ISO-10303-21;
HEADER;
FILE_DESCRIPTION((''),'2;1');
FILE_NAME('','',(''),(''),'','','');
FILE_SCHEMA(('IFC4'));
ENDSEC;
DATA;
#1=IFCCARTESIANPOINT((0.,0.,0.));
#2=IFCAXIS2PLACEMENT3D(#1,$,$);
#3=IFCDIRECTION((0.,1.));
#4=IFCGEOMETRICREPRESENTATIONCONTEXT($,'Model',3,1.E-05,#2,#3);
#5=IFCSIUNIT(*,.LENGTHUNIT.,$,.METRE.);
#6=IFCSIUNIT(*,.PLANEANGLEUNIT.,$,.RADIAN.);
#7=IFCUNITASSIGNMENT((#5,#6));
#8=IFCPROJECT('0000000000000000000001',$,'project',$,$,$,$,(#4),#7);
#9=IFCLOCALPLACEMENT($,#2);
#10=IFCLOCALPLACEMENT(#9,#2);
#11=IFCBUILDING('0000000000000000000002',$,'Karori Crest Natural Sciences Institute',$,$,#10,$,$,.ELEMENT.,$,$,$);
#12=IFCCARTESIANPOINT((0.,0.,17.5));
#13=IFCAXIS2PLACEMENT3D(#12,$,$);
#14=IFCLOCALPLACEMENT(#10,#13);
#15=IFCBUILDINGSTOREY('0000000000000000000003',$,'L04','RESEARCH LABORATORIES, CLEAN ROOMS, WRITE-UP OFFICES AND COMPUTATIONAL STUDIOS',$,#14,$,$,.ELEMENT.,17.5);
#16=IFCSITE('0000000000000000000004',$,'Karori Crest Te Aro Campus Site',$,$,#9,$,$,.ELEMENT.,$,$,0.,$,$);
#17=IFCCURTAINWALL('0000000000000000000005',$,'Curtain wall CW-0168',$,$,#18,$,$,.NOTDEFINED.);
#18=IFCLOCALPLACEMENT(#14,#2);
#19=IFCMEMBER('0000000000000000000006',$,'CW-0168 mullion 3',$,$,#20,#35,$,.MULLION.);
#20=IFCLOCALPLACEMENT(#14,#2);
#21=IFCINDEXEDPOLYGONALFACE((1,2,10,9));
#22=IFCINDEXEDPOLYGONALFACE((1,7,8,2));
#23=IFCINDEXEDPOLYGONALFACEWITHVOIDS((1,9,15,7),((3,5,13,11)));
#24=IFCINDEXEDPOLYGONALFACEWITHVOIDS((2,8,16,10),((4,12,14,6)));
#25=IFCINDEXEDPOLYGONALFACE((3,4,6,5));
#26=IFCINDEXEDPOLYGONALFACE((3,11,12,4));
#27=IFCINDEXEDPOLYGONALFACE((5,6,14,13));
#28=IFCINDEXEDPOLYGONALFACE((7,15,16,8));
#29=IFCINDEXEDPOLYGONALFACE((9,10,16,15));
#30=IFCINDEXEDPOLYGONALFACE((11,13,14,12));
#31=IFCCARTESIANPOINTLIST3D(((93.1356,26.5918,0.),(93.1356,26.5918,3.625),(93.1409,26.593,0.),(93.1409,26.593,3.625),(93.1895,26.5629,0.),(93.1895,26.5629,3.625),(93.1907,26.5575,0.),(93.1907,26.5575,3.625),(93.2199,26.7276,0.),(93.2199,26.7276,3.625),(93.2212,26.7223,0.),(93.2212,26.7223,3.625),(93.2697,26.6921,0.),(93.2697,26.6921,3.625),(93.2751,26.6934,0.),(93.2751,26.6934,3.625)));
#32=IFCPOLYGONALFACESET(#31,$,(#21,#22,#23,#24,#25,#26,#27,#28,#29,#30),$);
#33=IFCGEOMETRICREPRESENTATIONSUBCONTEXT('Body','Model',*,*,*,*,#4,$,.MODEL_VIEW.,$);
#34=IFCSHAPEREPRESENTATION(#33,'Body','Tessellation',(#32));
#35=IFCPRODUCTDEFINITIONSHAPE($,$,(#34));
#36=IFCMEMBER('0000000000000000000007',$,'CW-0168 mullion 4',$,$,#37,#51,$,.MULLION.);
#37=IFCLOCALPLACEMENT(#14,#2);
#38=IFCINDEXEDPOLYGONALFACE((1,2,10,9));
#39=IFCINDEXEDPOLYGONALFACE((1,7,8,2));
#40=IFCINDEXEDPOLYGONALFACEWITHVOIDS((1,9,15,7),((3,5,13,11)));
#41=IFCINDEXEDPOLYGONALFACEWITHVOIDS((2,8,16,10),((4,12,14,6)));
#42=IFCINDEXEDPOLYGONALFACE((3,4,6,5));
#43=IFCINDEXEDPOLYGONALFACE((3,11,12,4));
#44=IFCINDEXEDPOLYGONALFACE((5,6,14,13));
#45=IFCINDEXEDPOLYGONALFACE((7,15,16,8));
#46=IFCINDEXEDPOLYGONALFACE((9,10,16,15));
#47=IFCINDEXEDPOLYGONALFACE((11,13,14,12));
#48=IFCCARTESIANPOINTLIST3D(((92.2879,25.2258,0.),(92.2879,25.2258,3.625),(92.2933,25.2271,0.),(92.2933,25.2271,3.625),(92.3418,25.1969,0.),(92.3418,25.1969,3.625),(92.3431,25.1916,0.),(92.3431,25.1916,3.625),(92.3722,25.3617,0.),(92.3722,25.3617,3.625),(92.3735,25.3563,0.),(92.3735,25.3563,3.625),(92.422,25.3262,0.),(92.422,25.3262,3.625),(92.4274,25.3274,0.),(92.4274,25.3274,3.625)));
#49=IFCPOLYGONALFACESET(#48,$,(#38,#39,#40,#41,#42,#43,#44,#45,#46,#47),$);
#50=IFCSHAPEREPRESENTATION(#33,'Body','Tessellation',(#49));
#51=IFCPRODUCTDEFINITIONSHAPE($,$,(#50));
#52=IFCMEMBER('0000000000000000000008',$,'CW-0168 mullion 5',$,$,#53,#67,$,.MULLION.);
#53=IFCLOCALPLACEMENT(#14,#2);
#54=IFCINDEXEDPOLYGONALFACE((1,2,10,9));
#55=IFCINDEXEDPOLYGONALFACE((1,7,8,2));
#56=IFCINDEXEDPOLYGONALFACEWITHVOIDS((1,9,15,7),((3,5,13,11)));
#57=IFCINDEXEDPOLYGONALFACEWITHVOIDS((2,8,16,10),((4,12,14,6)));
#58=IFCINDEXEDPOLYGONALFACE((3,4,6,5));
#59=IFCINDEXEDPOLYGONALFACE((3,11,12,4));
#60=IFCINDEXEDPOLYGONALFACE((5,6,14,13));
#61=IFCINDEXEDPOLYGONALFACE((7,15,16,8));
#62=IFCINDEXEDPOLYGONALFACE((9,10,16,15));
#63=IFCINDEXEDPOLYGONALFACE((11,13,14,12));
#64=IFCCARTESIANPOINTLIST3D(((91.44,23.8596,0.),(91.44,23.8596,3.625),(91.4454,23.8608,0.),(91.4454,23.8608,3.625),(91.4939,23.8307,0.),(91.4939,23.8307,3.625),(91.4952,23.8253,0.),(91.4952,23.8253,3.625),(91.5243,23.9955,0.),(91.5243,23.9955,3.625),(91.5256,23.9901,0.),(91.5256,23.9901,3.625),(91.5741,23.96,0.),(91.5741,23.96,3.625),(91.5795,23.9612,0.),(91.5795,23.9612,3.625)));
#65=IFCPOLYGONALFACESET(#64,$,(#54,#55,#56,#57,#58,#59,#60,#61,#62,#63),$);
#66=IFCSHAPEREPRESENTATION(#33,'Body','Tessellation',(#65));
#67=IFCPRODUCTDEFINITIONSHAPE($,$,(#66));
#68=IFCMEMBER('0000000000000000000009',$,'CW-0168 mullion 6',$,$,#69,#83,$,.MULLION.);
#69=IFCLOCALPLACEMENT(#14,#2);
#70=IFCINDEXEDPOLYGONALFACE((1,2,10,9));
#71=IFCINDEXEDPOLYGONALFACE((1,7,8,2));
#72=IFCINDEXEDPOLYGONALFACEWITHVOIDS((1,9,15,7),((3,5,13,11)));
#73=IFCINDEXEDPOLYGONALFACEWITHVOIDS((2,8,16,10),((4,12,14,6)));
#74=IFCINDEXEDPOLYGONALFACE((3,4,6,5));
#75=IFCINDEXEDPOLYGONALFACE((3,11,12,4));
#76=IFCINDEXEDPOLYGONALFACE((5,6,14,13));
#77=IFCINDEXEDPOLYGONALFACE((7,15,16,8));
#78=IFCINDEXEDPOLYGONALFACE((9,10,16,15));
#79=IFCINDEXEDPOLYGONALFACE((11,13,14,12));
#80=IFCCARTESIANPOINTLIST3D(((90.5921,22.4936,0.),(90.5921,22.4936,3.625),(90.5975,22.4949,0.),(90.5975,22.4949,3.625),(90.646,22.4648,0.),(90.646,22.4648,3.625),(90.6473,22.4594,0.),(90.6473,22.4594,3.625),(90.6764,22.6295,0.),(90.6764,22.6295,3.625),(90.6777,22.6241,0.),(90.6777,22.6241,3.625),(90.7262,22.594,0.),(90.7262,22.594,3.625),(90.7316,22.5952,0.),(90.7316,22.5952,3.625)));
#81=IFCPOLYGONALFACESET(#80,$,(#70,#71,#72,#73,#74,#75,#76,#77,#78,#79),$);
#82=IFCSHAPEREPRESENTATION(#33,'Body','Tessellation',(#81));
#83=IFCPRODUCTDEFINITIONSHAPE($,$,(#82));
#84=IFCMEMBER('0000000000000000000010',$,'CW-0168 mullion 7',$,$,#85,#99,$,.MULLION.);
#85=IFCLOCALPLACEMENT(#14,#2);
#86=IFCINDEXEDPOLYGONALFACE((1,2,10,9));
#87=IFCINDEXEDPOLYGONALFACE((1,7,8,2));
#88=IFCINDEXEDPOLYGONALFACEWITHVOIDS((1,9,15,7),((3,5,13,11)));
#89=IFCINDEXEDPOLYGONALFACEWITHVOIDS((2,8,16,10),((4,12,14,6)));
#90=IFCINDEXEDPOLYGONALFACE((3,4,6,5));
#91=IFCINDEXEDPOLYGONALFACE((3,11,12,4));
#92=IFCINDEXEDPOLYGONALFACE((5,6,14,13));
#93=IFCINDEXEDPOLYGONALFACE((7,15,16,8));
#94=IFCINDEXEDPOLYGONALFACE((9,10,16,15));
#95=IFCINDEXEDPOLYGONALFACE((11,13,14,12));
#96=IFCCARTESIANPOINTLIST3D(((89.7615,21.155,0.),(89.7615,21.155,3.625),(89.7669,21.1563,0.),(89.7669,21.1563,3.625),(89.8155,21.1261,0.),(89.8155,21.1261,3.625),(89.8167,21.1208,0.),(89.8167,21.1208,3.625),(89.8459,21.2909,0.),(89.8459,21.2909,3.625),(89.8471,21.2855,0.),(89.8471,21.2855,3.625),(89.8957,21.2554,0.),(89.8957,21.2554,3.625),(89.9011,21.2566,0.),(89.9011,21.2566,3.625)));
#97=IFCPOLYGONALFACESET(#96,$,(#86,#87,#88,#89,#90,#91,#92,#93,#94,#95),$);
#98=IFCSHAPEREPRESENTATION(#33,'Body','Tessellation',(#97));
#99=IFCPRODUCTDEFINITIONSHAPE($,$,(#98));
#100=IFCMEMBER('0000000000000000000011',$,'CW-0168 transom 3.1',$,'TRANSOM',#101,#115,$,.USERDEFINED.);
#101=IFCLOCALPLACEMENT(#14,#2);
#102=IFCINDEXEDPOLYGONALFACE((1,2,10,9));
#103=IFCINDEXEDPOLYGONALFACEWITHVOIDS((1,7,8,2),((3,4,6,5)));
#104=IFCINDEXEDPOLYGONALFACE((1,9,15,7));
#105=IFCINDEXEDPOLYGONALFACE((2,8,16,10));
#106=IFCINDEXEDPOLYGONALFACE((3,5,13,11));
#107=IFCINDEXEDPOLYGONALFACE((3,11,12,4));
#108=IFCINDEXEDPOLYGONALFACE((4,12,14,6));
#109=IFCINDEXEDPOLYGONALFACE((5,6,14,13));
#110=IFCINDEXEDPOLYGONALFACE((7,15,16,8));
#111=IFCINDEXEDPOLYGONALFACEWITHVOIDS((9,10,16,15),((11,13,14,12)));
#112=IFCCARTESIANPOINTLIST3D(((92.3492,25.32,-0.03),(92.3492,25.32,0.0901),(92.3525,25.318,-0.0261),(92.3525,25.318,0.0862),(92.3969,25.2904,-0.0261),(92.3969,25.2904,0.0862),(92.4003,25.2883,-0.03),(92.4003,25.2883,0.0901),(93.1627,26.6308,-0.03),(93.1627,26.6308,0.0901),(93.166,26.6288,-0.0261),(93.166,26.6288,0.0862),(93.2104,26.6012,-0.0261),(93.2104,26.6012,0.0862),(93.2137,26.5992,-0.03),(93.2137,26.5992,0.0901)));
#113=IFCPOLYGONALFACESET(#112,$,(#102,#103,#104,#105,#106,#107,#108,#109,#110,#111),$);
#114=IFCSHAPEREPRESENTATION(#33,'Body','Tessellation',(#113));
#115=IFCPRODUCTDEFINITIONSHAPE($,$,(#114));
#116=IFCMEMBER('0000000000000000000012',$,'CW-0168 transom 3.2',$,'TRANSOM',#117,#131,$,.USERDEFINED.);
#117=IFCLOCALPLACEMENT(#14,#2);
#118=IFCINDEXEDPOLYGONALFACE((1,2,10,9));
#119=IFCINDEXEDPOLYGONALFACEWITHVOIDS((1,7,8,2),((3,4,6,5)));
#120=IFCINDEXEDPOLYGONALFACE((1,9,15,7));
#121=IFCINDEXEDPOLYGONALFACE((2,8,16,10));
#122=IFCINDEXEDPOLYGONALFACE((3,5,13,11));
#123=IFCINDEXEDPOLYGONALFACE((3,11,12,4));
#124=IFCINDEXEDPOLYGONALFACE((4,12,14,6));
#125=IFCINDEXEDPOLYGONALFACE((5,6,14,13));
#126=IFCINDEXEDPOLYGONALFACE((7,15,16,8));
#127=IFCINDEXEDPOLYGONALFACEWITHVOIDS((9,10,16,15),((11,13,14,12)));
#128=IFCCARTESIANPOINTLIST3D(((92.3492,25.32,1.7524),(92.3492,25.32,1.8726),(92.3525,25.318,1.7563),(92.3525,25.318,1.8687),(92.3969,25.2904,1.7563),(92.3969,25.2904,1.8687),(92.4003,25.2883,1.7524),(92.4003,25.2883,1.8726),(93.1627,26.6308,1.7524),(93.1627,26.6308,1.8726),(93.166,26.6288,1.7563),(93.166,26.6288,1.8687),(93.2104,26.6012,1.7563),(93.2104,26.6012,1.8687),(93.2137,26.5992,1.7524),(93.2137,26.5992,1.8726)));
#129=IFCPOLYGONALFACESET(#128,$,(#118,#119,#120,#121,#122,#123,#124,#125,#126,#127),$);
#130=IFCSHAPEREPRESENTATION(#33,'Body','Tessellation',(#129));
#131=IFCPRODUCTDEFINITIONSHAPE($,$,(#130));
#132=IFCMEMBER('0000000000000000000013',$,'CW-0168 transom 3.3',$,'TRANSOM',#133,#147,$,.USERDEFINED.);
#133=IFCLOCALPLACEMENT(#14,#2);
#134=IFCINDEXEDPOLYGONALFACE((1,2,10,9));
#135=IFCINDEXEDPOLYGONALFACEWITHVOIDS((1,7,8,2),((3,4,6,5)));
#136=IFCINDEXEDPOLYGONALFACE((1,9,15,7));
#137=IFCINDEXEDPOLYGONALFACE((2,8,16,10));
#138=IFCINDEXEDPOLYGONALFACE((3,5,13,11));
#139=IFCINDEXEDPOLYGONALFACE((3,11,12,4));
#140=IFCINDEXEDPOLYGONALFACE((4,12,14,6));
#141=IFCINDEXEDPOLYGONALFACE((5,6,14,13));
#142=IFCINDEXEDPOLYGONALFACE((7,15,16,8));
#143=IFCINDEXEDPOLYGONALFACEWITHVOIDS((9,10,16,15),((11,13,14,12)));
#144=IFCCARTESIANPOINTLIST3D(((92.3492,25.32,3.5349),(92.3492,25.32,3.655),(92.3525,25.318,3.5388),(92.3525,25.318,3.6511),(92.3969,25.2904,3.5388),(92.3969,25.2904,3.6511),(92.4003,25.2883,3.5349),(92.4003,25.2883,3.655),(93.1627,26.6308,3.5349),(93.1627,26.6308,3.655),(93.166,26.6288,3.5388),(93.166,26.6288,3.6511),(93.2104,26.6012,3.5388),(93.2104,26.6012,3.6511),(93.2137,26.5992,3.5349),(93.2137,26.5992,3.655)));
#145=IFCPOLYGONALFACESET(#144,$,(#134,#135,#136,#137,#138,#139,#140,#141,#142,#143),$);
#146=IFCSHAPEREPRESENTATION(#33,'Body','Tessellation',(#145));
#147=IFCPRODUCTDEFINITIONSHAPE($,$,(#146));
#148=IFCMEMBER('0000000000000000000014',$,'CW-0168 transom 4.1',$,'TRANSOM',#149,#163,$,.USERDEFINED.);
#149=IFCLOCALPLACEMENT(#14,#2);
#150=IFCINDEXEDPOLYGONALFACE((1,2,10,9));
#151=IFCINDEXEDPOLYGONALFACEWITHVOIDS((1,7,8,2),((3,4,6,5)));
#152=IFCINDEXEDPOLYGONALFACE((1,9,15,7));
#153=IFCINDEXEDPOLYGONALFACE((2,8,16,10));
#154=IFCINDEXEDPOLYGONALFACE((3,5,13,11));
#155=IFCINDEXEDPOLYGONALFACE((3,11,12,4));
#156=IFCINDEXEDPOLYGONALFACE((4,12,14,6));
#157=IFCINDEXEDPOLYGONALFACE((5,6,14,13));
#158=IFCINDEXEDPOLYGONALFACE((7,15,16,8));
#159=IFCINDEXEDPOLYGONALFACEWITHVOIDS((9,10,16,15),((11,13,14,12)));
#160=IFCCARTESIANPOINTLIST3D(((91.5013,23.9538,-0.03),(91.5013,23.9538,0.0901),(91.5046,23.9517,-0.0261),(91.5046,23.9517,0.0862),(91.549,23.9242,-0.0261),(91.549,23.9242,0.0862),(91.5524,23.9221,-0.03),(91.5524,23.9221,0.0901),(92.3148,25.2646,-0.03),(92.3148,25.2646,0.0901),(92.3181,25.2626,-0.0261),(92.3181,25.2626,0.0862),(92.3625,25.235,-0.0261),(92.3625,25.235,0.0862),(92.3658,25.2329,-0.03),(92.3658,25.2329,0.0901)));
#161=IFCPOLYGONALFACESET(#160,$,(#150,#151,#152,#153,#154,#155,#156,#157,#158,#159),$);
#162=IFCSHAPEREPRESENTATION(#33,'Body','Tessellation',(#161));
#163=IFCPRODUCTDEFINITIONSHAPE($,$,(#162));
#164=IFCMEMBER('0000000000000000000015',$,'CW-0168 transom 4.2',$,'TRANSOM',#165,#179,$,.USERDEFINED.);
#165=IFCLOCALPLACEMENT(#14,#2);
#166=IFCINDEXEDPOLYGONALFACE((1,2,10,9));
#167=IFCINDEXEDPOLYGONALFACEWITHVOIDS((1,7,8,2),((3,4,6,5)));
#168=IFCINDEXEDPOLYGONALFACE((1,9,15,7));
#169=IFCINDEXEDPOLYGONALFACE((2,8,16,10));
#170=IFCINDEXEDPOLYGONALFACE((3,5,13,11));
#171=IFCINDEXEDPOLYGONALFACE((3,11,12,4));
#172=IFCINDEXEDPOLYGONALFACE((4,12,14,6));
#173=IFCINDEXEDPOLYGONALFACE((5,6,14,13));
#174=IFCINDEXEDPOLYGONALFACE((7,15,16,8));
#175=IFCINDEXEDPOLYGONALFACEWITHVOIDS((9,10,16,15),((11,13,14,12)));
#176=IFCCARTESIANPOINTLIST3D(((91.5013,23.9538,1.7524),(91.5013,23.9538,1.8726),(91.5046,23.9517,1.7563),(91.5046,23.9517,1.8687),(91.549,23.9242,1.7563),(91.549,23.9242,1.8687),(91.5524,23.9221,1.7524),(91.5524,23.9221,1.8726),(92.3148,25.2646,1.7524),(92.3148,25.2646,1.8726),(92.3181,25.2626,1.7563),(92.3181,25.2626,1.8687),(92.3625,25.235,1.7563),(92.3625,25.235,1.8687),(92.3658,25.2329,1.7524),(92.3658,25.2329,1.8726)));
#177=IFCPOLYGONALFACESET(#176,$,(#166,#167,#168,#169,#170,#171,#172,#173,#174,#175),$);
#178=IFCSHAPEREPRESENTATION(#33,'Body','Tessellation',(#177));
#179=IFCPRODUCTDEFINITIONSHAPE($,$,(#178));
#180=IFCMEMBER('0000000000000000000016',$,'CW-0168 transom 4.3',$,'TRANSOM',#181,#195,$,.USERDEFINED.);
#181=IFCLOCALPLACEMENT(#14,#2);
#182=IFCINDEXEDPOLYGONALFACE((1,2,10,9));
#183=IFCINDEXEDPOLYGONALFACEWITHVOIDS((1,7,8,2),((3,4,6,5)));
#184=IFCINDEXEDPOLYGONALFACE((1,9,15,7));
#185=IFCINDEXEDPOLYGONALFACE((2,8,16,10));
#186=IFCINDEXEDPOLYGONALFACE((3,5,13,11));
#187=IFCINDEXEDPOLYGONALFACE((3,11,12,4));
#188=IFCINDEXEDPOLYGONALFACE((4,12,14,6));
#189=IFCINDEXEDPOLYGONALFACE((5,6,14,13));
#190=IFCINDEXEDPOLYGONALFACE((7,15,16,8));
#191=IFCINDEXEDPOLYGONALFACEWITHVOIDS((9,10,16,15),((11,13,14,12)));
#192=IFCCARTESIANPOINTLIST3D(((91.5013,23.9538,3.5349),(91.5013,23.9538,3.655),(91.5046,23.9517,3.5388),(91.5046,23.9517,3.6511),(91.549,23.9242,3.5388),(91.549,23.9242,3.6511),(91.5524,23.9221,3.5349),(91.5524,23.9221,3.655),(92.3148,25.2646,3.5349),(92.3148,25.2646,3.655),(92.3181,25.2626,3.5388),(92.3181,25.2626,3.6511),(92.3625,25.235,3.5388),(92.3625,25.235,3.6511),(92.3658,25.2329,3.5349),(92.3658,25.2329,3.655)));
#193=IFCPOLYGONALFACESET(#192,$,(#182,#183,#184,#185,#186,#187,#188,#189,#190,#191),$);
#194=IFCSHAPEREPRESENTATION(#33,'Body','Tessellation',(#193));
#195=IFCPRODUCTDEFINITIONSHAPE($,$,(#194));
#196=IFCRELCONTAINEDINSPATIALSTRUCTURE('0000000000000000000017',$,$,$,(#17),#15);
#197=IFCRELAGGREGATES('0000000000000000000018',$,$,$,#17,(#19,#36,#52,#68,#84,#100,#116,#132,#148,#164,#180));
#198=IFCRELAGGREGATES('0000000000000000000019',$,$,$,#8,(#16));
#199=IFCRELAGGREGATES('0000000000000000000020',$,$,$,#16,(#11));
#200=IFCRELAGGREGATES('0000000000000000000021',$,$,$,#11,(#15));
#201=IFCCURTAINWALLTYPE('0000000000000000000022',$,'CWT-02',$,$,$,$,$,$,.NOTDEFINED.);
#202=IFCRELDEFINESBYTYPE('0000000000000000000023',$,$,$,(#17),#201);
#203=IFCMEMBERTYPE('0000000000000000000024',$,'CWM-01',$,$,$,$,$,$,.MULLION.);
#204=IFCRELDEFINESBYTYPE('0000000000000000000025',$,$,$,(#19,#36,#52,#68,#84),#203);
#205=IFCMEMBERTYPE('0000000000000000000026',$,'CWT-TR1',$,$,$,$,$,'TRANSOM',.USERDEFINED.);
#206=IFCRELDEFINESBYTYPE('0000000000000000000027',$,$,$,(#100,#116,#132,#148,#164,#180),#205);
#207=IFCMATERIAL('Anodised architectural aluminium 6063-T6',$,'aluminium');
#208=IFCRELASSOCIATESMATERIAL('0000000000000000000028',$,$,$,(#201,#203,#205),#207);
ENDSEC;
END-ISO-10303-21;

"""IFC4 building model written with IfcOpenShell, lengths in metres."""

from ifc_helpers import new_model, si_unit, direction, frame, origin, origin_2d, place, context, subcontext, project, spatial, hollow_rectangle, extrude, material, material_profile, profile_set, type_object, element, aggregate, save


model = new_model("IFC4")

# Units and contexts
model_context = context("Model", 3, precision=1e-05, world=origin(), true_north=direction((0.0, 1.0)))
body_context = subcontext(model_context, "Body", "Model", "MODEL_VIEW")
ifc_project = project(units=[si_unit("LENGTHUNIT", "METRE"), si_unit("PLANEANGLEUNIT", "RADIAN")], contexts=[model_context])

# Site, building, storey
site_placement = place(None, origin())
site = spatial("IfcSite", under=ifc_project, at=site_placement, Name="Karori Crest Te Aro Campus Site", CompositionType="ELEMENT", RefElevation=0.0)
building_placement = place(site_placement, origin())
building = spatial("IfcBuilding", under=site, at=building_placement, Name="Karori Crest Natural Sciences Institute", CompositionType="ELEMENT")
storey_placement = place(building_placement, frame((0.0, 0.0, 17.5)))
storey = spatial("IfcBuildingStorey", under=building, at=storey_placement, Name="L04", Description="RESEARCH LABORATORIES, CLEAN ROOMS, WRITE-UP OFFICES AND COMPUTATIONAL STUDIOS", CompositionType="ELEMENT", Elevation=17.5)

# Curtain wall, members
ifc_material_1 = material(Name="Anodised architectural aluminium 6063-T6", Category="aluminium")
curtain_wall_type = type_object("IfcCurtainWallType", Name="CWT-02", PredefinedType="NOTDEFINED", material=ifc_material_1)
curtain_wall_placement = place(storey_placement, origin())
curtain_wall = element("IfcCurtainWall", 1, at=curtain_wall_placement, inside=storey, type_object=curtain_wall_type, Name="Curtain wall CW-0168", PredefinedType="NOTDEFINED")
ifc_material_profile_1 = material_profile(ifc_material_1, hollow_rectangle(XDim=0.0649, YDim=0.1599, WallThickness=0.0039, at=origin_2d()), Name="CWM160x65x4")
ifc_profile_set_1 = profile_set([ifc_material_profile_1], Name="Anodised architectural aluminium 6063-T6")
member_type_1 = type_object("IfcMemberType", Name="CWM-01", PredefinedType="MULLION", material=ifc_profile_set_1)
member_1_placement = place(storey_placement, frame((93.2053, 26.6426, 0.0), z_axis=(0.0, 0.0, 1.0), x_axis=(0.849664, -0.527324, 0.0)))
member_1 = element("IfcMember", 2, at=member_1_placement, type_object=member_type_1, Name="CW-0168 mullion 3", PredefinedType="MULLION", context=body_context, shape_type="SweptSolid", body=[
    extrude(hollow_rectangle(XDim=0.0649, YDim=0.1599, WallThickness=0.0039, at=origin_2d()), origin(), (0.0, 0.0, 1.0), 3.625),
])
member_2_placement = place(storey_placement, frame((92.3577, 25.2766, 0.0), z_axis=(0.0, 0.0, 1.0), x_axis=(0.849664, -0.527324, 0.0)))
member_2 = element("IfcMember", 3, at=member_2_placement, type_object=member_type_1, Name="CW-0168 mullion 4", PredefinedType="MULLION", context=body_context, shape_type="SweptSolid", body=[
    extrude(hollow_rectangle(XDim=0.0649, YDim=0.1599, WallThickness=0.0039, at=origin_2d()), origin(), (0.0, 0.0, 1.0), 3.625),
])
member_3_placement = place(storey_placement, frame((91.5098, 23.9104, 0.0), z_axis=(0.0, 0.0, 1.0), x_axis=(0.849664, -0.527324, 0.0)))
member_3 = element("IfcMember", 4, at=member_3_placement, type_object=member_type_1, Name="CW-0168 mullion 5", PredefinedType="MULLION", context=body_context, shape_type="SweptSolid", body=[
    extrude(hollow_rectangle(XDim=0.0649, YDim=0.1599, WallThickness=0.0039, at=origin_2d()), origin(), (0.0, 0.0, 1.0), 3.625),
])
member_4_placement = place(storey_placement, frame((90.6619, 22.5444, 0.0), z_axis=(0.0, 0.0, 1.0), x_axis=(0.849664, -0.527324, 0.0)))
member_4 = element("IfcMember", 5, at=member_4_placement, type_object=member_type_1, Name="CW-0168 mullion 6", PredefinedType="MULLION", context=body_context, shape_type="SweptSolid", body=[
    extrude(hollow_rectangle(XDim=0.0649, YDim=0.1599, WallThickness=0.0039, at=origin_2d()), origin(), (0.0, 0.0, 1.0), 3.625),
])
member_5_placement = place(storey_placement, frame((89.8313, 21.2058, 0.0), z_axis=(0.0, 0.0, 1.0), x_axis=(0.849664, -0.527324, 0.0)))
member_5 = element("IfcMember", 6, at=member_5_placement, type_object=member_type_1, Name="CW-0168 mullion 7", PredefinedType="MULLION", context=body_context, shape_type="SweptSolid", body=[
    extrude(hollow_rectangle(XDim=0.0649, YDim=0.1599, WallThickness=0.0039, at=origin_2d()), origin(), (0.0, 0.0, 1.0), 3.625),
])
ifc_material_profile_2 = material_profile(ifc_material_1, hollow_rectangle(XDim=0.0601, YDim=0.1201, WallThickness=0.0039, at=origin_2d()), Name="CWT120x60x4")
ifc_profile_set_2 = profile_set([ifc_material_profile_2], Name="Anodised architectural aluminium 6063-T6")
member_type_2 = type_object("IfcMemberType", Name="CWT-TR1", ElementType="TRANSOM", PredefinedType="USERDEFINED", material=ifc_profile_set_2)
member_6_placement = place(storey_placement, frame((93.1882, 26.615, 0.03), z_axis=(-0.527308, -0.849674, 0.0), x_axis=(0.849674, -0.527308, 0.0)))
member_6 = element("IfcMember", 7, at=member_6_placement, type_object=member_type_2, Name="CW-0168 transom 3.1", ObjectType="TRANSOM", PredefinedType="USERDEFINED", context=body_context, shape_type="SweptSolid", body=[
    extrude(hollow_rectangle(XDim=0.0601, YDim=0.1201, WallThickness=0.0039, at=origin_2d()), origin(), (0.0, 0.0, 1.0), 1.5427),
])
member_7_placement = place(storey_placement, frame((93.1882, 26.615, 1.8125), z_axis=(-0.527308, -0.849674, 0.0), x_axis=(0.849674, -0.527308, 0.0)))
member_7 = element("IfcMember", 8, at=member_7_placement, type_object=member_type_2, Name="CW-0168 transom 3.2", ObjectType="TRANSOM", PredefinedType="USERDEFINED", context=body_context, shape_type="SweptSolid", body=[
    extrude(hollow_rectangle(XDim=0.0601, YDim=0.1201, WallThickness=0.0039, at=origin_2d()), origin(), (0.0, 0.0, 1.0), 1.5427),
])
member_8_placement = place(storey_placement, frame((93.1882, 26.615, 3.595), z_axis=(-0.527308, -0.849674, 0.0), x_axis=(0.849674, -0.527308, 0.0)))
member_8 = element("IfcMember", 9, at=member_8_placement, type_object=member_type_2, Name="CW-0168 transom 3.3", ObjectType="TRANSOM", PredefinedType="USERDEFINED", context=body_context, shape_type="SweptSolid", body=[
    extrude(hollow_rectangle(XDim=0.0601, YDim=0.1201, WallThickness=0.0039, at=origin_2d()), origin(), (0.0, 0.0, 1.0), 1.5427),
])
member_9_placement = place(storey_placement, frame((92.3403, 25.2488, 0.03), z_axis=(-0.527308, -0.849674, 0.0), x_axis=(0.849674, -0.527308, 0.0)))
member_9 = element("IfcMember", 10, at=member_9_placement, type_object=member_type_2, Name="CW-0168 transom 4.1", ObjectType="TRANSOM", PredefinedType="USERDEFINED", context=body_context, shape_type="SweptSolid", body=[
    extrude(hollow_rectangle(XDim=0.0601, YDim=0.1201, WallThickness=0.0039, at=origin_2d()), origin(), (0.0, 0.0, 1.0), 1.5427),
])
member_10_placement = place(storey_placement, frame((92.3403, 25.2488, 1.8125), z_axis=(-0.527308, -0.849674, 0.0), x_axis=(0.849674, -0.527308, 0.0)))
member_10 = element("IfcMember", 11, at=member_10_placement, type_object=member_type_2, Name="CW-0168 transom 4.2", ObjectType="TRANSOM", PredefinedType="USERDEFINED", context=body_context, shape_type="SweptSolid", body=[
    extrude(hollow_rectangle(XDim=0.0601, YDim=0.1201, WallThickness=0.0039, at=origin_2d()), origin(), (0.0, 0.0, 1.0), 1.5427),
])
member_11_placement = place(storey_placement, frame((92.3403, 25.2488, 3.595), z_axis=(-0.527308, -0.849674, 0.0), x_axis=(0.849674, -0.527308, 0.0)))
member_11 = element("IfcMember", 12, at=member_11_placement, type_object=member_type_2, Name="CW-0168 transom 4.3", ObjectType="TRANSOM", PredefinedType="USERDEFINED", context=body_context, shape_type="SweptSolid", body=[
    extrude(hollow_rectangle(XDim=0.0601, YDim=0.1201, WallThickness=0.0039, at=origin_2d()), origin(), (0.0, 0.0, 1.0), 1.5427),
])
aggregate(curtain_wall, [member_1, member_2, member_3, member_4, member_5, member_6, member_7, member_8, member_9, member_10, member_11])

save(model, "model.ifc")
